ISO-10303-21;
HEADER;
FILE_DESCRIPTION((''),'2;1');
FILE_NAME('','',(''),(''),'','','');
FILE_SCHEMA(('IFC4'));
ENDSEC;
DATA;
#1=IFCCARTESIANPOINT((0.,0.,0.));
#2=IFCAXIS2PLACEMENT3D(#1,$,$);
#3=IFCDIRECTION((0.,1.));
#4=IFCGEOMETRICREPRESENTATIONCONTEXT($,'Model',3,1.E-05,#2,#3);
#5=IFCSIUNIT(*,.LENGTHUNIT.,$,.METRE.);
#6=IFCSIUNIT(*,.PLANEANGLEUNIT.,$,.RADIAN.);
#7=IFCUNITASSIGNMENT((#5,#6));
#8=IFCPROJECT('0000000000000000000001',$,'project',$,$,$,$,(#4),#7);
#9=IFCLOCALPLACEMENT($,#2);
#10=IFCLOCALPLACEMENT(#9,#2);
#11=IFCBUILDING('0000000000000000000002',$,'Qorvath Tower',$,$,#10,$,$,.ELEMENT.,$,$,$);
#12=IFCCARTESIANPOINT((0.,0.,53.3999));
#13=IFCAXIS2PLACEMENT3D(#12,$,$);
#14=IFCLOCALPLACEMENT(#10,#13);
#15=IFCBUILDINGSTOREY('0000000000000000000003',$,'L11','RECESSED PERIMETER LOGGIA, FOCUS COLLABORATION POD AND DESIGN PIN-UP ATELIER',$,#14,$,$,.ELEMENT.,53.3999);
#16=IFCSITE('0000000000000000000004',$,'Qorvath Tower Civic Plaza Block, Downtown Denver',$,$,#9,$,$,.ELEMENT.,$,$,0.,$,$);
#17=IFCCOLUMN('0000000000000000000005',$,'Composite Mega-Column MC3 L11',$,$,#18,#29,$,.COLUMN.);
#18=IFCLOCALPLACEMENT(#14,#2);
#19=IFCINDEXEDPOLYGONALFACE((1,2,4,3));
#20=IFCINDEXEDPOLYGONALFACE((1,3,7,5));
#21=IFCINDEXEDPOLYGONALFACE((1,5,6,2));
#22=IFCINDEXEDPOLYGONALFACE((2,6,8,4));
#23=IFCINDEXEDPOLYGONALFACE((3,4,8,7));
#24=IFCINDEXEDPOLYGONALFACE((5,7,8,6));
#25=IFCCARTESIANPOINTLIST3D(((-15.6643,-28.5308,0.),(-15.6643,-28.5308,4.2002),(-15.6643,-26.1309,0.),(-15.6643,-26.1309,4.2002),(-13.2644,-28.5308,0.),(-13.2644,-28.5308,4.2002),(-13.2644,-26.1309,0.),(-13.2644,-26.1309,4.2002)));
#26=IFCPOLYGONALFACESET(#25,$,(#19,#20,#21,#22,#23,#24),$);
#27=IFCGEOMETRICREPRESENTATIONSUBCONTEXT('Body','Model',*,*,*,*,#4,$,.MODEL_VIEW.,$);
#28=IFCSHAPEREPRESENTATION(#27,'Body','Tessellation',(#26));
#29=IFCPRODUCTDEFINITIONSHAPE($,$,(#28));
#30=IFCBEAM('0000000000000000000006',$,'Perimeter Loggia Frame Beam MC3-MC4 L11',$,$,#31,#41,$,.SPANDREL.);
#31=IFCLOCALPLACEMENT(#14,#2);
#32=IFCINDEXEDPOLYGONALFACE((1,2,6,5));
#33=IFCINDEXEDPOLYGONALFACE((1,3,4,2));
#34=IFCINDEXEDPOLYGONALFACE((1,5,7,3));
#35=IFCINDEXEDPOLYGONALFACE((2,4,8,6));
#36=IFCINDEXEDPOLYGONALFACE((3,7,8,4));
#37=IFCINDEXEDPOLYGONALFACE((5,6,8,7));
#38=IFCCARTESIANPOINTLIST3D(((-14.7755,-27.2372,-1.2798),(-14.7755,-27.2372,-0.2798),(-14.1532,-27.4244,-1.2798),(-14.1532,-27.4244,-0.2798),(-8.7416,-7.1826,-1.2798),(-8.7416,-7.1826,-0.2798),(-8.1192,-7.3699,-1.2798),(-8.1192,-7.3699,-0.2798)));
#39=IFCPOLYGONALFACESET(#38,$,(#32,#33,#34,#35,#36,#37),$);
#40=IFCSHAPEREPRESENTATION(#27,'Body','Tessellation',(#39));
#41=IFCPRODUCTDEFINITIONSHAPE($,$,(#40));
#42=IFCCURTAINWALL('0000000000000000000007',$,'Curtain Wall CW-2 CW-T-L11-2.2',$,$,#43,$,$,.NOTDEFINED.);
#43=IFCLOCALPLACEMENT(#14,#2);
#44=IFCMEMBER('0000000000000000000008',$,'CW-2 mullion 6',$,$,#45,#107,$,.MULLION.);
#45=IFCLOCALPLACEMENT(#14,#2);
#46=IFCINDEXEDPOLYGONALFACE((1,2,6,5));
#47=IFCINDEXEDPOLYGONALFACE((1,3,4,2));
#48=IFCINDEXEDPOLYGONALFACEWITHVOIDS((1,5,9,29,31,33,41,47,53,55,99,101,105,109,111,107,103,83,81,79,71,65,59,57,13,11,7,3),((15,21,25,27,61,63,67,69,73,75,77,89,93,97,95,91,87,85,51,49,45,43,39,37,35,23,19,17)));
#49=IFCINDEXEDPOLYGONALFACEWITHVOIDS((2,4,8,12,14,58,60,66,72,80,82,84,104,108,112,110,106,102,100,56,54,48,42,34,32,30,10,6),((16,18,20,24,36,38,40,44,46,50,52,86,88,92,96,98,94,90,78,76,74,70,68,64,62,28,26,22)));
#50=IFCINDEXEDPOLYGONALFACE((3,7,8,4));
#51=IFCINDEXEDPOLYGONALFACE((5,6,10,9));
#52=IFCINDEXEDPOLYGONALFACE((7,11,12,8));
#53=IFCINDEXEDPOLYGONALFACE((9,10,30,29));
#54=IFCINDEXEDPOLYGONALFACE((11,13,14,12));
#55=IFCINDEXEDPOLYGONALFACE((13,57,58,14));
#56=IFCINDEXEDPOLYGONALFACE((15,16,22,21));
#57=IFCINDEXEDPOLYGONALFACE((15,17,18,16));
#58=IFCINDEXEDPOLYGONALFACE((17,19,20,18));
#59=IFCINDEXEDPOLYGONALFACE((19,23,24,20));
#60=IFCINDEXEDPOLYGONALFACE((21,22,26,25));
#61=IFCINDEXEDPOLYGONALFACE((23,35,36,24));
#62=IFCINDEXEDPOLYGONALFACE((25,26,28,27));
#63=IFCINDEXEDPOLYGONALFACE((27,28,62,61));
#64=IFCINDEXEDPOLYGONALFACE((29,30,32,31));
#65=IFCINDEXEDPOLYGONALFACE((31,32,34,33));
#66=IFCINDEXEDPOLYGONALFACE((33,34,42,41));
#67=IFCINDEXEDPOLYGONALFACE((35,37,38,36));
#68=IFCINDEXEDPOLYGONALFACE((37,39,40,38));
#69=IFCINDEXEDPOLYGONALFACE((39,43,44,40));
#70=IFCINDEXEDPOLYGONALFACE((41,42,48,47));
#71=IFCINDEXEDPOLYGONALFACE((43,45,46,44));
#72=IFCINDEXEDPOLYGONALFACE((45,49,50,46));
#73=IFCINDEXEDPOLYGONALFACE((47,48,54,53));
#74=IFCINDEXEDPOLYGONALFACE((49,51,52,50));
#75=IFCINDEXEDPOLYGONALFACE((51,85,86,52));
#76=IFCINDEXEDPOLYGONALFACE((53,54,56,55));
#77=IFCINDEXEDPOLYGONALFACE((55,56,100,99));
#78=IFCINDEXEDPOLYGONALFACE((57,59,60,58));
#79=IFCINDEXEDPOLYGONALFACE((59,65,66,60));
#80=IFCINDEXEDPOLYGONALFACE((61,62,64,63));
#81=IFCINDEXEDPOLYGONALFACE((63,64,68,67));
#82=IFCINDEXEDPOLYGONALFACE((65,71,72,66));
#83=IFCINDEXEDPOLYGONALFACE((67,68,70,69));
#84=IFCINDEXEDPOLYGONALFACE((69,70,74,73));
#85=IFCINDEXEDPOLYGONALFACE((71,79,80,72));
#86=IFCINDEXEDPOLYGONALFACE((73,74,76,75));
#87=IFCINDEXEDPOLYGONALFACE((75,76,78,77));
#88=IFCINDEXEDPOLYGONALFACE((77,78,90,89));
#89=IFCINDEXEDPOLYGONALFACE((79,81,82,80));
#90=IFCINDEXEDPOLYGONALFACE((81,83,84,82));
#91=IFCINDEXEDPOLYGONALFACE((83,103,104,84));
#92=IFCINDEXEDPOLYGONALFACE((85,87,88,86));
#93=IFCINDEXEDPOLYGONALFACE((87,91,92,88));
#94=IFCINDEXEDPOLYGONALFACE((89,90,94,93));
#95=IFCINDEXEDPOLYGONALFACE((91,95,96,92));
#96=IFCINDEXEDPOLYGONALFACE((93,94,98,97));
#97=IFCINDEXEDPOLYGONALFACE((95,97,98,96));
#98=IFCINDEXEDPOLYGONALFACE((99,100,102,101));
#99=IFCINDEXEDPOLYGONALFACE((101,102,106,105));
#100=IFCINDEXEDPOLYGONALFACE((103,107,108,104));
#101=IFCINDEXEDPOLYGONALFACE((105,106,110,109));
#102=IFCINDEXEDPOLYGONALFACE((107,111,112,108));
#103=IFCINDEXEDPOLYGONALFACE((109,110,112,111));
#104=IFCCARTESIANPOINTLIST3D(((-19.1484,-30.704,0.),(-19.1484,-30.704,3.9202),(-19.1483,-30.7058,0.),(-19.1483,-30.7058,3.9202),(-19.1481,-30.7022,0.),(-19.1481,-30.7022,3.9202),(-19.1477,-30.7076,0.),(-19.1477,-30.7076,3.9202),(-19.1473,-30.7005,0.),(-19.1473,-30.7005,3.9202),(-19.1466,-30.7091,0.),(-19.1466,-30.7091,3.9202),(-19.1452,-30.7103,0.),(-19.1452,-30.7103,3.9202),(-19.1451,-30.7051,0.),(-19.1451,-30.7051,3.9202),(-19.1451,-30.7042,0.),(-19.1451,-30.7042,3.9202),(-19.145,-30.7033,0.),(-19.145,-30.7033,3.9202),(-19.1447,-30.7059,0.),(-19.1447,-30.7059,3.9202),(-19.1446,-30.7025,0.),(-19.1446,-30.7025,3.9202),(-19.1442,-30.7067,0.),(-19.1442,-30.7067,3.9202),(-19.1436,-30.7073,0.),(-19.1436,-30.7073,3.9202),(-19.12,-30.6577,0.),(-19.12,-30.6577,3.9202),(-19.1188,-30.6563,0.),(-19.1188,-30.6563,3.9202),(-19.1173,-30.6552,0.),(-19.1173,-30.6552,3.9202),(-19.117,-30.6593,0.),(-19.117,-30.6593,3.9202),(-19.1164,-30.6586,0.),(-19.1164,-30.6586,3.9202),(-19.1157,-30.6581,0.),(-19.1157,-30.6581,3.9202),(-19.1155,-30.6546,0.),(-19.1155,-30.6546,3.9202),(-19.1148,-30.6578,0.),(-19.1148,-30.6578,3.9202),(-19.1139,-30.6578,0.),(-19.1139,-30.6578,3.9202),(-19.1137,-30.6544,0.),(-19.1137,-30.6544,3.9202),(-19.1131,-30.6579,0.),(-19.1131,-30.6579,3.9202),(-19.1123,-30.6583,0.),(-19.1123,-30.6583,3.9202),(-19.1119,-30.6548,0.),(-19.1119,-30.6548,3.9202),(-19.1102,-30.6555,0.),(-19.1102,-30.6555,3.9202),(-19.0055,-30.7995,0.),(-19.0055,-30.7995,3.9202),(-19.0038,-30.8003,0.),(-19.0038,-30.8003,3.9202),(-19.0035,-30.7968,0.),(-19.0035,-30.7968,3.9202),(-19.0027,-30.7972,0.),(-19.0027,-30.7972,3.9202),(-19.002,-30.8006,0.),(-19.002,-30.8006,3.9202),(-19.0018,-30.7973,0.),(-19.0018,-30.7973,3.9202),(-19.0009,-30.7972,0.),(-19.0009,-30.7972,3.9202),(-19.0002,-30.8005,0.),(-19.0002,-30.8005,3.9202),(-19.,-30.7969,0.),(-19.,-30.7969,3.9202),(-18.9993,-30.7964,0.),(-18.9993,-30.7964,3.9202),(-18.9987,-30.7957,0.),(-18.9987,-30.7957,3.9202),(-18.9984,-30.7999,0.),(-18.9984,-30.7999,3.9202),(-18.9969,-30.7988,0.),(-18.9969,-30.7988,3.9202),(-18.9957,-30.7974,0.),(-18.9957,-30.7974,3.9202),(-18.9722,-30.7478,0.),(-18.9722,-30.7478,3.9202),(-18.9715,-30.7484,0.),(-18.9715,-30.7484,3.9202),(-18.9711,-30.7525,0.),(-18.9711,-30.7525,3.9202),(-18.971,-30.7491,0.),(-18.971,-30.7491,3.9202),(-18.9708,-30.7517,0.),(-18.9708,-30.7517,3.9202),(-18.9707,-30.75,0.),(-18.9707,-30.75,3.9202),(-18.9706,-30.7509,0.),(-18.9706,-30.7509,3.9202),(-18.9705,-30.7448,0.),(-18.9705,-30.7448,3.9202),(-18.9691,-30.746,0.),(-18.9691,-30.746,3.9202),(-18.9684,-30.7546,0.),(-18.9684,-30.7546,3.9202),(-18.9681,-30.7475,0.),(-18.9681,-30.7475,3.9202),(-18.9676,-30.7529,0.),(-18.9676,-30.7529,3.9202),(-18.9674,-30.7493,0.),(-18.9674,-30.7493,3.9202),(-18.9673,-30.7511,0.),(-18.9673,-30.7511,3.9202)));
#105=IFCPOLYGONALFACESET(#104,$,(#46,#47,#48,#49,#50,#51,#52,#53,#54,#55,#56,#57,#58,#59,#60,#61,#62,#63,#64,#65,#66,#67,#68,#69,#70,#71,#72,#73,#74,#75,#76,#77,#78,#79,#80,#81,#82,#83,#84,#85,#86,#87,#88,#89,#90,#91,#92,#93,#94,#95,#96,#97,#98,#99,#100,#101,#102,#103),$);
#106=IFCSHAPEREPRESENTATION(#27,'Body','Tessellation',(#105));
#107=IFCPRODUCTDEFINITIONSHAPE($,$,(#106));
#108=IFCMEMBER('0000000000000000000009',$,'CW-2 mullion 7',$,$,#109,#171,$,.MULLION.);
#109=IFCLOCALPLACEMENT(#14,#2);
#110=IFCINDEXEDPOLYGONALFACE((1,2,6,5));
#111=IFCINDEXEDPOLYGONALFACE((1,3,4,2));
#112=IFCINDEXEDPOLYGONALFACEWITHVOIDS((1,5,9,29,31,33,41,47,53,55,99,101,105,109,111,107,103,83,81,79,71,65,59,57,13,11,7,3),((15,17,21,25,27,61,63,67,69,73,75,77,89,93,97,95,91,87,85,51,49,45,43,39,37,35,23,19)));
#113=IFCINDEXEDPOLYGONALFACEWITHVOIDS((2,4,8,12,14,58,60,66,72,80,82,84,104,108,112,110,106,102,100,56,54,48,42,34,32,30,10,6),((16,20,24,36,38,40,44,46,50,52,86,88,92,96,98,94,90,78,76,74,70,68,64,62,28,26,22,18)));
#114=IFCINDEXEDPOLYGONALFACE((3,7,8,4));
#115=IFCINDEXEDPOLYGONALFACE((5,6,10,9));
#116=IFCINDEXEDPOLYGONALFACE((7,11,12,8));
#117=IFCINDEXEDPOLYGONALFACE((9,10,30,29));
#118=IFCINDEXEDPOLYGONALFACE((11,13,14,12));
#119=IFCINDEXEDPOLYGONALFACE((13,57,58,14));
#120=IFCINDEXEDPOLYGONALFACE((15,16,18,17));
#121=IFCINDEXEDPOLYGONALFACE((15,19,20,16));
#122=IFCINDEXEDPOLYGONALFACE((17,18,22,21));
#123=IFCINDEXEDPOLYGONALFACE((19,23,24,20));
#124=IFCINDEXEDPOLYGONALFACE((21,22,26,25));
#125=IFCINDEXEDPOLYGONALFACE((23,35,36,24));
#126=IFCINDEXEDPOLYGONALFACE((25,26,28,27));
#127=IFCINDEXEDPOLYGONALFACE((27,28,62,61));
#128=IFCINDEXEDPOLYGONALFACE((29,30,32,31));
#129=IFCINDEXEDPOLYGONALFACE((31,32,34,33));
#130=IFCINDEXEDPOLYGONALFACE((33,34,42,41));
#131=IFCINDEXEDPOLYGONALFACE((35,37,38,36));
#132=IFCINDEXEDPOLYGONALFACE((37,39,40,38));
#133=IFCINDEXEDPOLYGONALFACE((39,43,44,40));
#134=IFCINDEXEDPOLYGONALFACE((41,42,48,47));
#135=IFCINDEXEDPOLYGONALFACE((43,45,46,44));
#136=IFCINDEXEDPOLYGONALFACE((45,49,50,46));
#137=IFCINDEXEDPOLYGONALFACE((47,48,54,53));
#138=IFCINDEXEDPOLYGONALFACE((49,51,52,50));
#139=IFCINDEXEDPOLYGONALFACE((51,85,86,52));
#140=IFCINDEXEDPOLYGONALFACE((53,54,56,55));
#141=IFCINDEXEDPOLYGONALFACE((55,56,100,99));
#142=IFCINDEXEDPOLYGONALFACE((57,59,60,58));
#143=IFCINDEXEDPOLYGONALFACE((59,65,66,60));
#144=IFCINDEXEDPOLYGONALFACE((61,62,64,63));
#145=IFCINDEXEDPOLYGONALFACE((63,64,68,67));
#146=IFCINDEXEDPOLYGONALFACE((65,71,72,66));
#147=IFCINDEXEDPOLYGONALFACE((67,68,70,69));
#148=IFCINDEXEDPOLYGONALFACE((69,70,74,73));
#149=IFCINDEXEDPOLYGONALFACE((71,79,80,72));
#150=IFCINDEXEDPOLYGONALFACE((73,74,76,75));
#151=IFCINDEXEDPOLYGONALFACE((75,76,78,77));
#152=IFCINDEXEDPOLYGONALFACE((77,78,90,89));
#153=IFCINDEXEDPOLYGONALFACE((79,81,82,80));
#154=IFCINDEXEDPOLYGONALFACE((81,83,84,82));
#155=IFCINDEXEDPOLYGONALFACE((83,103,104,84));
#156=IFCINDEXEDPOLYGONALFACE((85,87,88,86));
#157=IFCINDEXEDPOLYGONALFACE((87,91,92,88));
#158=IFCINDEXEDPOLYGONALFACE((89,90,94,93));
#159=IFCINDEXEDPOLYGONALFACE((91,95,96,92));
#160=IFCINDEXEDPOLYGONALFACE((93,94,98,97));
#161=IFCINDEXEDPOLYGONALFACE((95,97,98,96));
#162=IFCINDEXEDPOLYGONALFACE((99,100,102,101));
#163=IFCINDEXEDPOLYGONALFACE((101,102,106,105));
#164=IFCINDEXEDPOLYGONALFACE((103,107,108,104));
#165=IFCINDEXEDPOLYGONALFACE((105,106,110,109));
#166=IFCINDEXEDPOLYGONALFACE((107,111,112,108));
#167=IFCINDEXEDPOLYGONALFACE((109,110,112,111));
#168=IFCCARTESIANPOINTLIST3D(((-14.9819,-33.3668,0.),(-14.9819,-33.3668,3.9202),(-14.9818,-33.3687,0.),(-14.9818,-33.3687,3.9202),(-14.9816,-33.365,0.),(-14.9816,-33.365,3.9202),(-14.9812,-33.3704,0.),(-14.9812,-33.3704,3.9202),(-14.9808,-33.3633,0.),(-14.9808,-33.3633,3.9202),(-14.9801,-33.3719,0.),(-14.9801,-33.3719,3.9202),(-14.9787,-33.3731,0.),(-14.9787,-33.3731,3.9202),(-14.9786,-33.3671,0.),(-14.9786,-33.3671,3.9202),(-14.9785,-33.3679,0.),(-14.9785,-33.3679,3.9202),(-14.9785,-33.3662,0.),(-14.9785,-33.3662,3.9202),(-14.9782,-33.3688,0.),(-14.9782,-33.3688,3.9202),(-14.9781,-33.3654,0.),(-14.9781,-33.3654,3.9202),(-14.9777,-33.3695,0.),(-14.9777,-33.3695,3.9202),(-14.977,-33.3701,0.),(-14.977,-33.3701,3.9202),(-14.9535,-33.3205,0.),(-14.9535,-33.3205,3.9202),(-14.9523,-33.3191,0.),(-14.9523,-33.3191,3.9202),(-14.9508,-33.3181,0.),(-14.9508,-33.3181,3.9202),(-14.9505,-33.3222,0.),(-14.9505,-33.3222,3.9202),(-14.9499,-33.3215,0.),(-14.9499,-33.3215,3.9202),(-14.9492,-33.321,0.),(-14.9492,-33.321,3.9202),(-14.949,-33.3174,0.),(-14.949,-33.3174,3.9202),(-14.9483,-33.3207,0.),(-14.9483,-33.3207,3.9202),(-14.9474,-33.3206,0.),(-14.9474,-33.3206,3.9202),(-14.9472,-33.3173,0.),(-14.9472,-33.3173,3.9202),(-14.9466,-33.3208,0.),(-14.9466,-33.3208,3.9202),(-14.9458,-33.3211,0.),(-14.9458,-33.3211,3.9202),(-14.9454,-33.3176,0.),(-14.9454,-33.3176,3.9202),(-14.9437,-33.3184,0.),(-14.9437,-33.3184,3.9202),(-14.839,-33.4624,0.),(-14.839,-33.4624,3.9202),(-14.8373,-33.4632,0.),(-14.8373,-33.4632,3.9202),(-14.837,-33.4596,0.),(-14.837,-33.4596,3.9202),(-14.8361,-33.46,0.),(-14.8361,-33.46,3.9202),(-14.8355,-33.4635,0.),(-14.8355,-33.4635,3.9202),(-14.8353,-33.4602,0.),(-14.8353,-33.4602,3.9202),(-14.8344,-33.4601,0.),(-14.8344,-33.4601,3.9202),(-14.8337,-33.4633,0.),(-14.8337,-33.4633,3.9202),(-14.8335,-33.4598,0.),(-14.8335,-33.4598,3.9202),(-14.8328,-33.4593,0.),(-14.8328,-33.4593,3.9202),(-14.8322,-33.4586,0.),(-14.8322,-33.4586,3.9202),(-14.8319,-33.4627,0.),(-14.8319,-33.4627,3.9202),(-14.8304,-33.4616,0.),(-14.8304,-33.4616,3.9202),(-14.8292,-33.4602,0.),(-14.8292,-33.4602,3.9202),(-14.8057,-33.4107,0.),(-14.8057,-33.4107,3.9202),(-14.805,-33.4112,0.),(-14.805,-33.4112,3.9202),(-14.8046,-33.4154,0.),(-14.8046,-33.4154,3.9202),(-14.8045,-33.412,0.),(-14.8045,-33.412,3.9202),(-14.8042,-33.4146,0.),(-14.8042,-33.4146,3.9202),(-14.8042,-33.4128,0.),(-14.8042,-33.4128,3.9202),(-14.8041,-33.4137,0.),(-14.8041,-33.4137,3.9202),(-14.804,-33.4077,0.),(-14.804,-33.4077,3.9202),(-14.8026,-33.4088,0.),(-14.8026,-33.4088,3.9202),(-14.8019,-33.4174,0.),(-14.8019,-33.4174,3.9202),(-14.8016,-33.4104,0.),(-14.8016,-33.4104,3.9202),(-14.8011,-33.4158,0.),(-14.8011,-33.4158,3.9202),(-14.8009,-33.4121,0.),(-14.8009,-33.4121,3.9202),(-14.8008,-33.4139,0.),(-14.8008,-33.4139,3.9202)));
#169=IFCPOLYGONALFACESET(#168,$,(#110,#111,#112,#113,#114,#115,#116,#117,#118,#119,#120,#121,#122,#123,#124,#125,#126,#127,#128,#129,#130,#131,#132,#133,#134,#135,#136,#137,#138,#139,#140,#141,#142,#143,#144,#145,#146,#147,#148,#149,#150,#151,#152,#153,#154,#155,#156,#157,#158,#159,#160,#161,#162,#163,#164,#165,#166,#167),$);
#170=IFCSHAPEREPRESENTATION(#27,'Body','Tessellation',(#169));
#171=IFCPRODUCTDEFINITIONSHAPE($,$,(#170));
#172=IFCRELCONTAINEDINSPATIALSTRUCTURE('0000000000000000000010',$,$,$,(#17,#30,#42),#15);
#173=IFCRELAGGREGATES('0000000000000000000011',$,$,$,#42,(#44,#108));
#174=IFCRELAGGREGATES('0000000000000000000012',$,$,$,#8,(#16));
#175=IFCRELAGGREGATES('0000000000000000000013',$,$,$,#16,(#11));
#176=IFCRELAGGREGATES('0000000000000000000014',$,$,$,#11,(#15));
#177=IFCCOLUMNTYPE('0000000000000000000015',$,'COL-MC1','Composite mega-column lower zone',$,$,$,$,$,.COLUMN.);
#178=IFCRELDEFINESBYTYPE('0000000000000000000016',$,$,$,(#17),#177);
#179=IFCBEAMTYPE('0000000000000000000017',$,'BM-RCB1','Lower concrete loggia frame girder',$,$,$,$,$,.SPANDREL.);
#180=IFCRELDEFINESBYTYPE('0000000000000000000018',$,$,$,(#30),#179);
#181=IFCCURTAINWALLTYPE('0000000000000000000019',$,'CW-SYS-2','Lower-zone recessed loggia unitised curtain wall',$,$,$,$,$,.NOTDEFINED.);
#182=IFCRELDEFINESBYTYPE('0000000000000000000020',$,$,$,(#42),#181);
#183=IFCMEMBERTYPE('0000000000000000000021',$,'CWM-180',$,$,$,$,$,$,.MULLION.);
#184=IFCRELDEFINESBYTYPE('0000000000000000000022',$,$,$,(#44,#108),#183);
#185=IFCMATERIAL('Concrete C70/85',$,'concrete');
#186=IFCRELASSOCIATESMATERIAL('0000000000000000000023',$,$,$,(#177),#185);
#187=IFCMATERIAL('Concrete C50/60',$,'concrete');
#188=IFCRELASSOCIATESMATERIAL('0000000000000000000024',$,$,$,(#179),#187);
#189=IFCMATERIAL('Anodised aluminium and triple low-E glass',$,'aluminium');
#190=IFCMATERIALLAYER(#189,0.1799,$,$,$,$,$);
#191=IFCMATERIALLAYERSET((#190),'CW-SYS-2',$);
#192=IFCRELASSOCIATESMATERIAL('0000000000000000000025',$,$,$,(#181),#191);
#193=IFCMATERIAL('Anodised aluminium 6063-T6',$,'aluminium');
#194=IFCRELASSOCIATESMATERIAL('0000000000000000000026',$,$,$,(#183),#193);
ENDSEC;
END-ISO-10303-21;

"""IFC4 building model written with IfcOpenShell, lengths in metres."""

from ifc_helpers import new_model, si_unit, direction, frame, origin, origin_2d, place, context, subcontext, project, spatial, rectangle, hollow_rectangle, extrude, material, layer, layer_set, material_profile, profile_set, type_object, element, aggregate, save


model = new_model("IFC4")

# Units and contexts
model_context = context("Model", 3, precision=1e-05, world=origin(), true_north=direction((0.0, 1.0)))
body_context = subcontext(model_context, "Body", "Model", "MODEL_VIEW")
ifc_project = project(units=[si_unit("LENGTHUNIT", "METRE"), si_unit("PLANEANGLEUNIT", "RADIAN")], contexts=[model_context])

# Site, building, storey
site_placement = place(None, origin())
site = spatial("IfcSite", under=ifc_project, at=site_placement, Name="Qorvath Tower Civic Plaza Block, Downtown Denver", CompositionType="ELEMENT", RefElevation=0.0)
building_placement = place(site_placement, origin())
building = spatial("IfcBuilding", under=site, at=building_placement, Name="Qorvath Tower", CompositionType="ELEMENT")
storey_placement = place(building_placement, frame((0.0, 0.0, 53.3999)))
storey = spatial("IfcBuildingStorey", under=building, at=storey_placement, Name="L11", Description="RECESSED PERIMETER LOGGIA, FOCUS COLLABORATION POD AND DESIGN PIN-UP ATELIER", CompositionType="ELEMENT", Elevation=53.3999)

# Column
ifc_material_1 = material(Name="Concrete C70/85", Category="concrete")
ifc_material_profile_1 = material_profile(ifc_material_1, rectangle(XDim=2.3999, YDim=2.3999, at=origin_2d()), Name="MC 2400x2400")
ifc_profile_set_1 = profile_set([ifc_material_profile_1], Name="Concrete C70/85")
column_type = type_object("IfcColumnType", Name="COL-MC1", Description="Composite mega-column lower zone", PredefinedType="COLUMN", material=ifc_profile_set_1)
column_placement = place(storey_placement, frame((-14.4644, -27.3308, 0.0), z_axis=(0.0, 0.0, 1.0), x_axis=(1.0, 0.0, 0.0)))
element("IfcColumn", 1, at=column_placement, inside=storey, type_object=column_type, Name="Composite Mega-Column MC3 L11", PredefinedType="COLUMN", context=body_context, shape_type="SweptSolid", body=[
    extrude(rectangle(XDim=2.3999, YDim=2.3999, at=origin_2d()), origin(), (0.0, 0.0, 1.0), 4.2002),
])

# Beam
ifc_material_2 = material(Name="Concrete C50/60", Category="concrete")
ifc_material_profile_2 = material_profile(ifc_material_2, rectangle(XDim=0.6499, YDim=1.0, at=origin_2d()), Name="RCB 1000x650")
ifc_profile_set_2 = profile_set([ifc_material_profile_2], Name="Concrete C50/60")
beam_type = type_object("IfcBeamType", Name="BM-RCB1", Description="Lower concrete loggia frame girder", PredefinedType="SPANDREL", material=ifc_profile_set_2)
beam_placement = place(storey_placement, frame((-14.4644, -27.3308, -0.7798), z_axis=(0.288119, 0.957595, 0.0), x_axis=(-0.957595, 0.288119, 0.0)))
element("IfcBeam", 2, at=beam_placement, inside=storey, type_object=beam_type, Name="Perimeter Loggia Frame Beam MC3-MC4 L11", PredefinedType="SPANDREL", context=body_context, shape_type="SweptSolid", body=[
    extrude(rectangle(XDim=0.6499, YDim=1.0, at=origin_2d()), origin(), (0.0, 0.0, 1.0), 20.9426),
])

# Curtain wall, members
ifc_material_3 = material(Name="Anodised aluminium and triple low-E glass", Category="aluminium")
ifc_layer_1 = layer(ifc_material_3, 0.1799)
ifc_layer_set_1 = layer_set([ifc_layer_1], Name="CW-SYS-2")
curtain_wall_type = type_object("IfcCurtainWallType", Name="CW-SYS-2", Description="Lower-zone recessed loggia unitised curtain wall", PredefinedType="NOTDEFINED", material=ifc_layer_set_1)
curtain_wall_1_placement = place(storey_placement, origin())
curtain_wall_1 = element("IfcCurtainWall", 3, at=curtain_wall_1_placement, inside=storey, type_object=curtain_wall_type, Name="Curtain Wall CW-2 CW-T-L11-2.2", PredefinedType="NOTDEFINED")
ifc_material_4 = material(Name="Anodised aluminium 6063-T6", Category="aluminium")
ifc_material_profile_3 = material_profile(ifc_material_4, hollow_rectangle(XDim=0.0649, YDim=0.1799, WallThickness=0.0034, InnerFilletRadius=0.0034, OuterFilletRadius=0.0071, at=origin_2d()), Name="CWM 180x65")
ifc_profile_set_3 = profile_set([ifc_material_profile_3], Name="Anodised aluminium 6063-T6")
member_type_1 = type_object("IfcMemberType", Name="CWM-180", PredefinedType="MULLION", material=ifc_profile_set_3)
member_1_placement = place(storey_placement, frame((-19.0579, -30.7275, 0.0), z_axis=(0.0, 0.0, 1.0), x_axis=(0.538537, 0.842602, 0.0)))
member_1 = element("IfcMember", 4, at=member_1_placement, type_object=member_type_1, Name="CW-2 mullion 6", PredefinedType="MULLION", context=body_context, shape_type="SweptSolid", body=[
    extrude(hollow_rectangle(XDim=0.0649, YDim=0.1799, WallThickness=0.0034, InnerFilletRadius=0.0034, OuterFilletRadius=0.0071, at=origin_2d()), origin(), (0.0, 0.0, 1.0), 3.9202),
])
member_2_placement = place(storey_placement, frame((-14.8914, -33.3904, 0.0), z_axis=(0.0, 0.0, 1.0), x_axis=(0.538537, 0.842602, 0.0)))
member_2 = element("IfcMember", 5, at=member_2_placement, type_object=member_type_1, Name="CW-2 mullion 7", PredefinedType="MULLION", context=body_context, shape_type="SweptSolid", body=[
    extrude(hollow_rectangle(XDim=0.0649, YDim=0.1799, WallThickness=0.0034, InnerFilletRadius=0.0034, OuterFilletRadius=0.0071, at=origin_2d()), origin(), (0.0, 0.0, 1.0), 3.9202),
])

aggregate(curtain_wall_1, [member_1, member_2])

save(model, "model.ifc")
